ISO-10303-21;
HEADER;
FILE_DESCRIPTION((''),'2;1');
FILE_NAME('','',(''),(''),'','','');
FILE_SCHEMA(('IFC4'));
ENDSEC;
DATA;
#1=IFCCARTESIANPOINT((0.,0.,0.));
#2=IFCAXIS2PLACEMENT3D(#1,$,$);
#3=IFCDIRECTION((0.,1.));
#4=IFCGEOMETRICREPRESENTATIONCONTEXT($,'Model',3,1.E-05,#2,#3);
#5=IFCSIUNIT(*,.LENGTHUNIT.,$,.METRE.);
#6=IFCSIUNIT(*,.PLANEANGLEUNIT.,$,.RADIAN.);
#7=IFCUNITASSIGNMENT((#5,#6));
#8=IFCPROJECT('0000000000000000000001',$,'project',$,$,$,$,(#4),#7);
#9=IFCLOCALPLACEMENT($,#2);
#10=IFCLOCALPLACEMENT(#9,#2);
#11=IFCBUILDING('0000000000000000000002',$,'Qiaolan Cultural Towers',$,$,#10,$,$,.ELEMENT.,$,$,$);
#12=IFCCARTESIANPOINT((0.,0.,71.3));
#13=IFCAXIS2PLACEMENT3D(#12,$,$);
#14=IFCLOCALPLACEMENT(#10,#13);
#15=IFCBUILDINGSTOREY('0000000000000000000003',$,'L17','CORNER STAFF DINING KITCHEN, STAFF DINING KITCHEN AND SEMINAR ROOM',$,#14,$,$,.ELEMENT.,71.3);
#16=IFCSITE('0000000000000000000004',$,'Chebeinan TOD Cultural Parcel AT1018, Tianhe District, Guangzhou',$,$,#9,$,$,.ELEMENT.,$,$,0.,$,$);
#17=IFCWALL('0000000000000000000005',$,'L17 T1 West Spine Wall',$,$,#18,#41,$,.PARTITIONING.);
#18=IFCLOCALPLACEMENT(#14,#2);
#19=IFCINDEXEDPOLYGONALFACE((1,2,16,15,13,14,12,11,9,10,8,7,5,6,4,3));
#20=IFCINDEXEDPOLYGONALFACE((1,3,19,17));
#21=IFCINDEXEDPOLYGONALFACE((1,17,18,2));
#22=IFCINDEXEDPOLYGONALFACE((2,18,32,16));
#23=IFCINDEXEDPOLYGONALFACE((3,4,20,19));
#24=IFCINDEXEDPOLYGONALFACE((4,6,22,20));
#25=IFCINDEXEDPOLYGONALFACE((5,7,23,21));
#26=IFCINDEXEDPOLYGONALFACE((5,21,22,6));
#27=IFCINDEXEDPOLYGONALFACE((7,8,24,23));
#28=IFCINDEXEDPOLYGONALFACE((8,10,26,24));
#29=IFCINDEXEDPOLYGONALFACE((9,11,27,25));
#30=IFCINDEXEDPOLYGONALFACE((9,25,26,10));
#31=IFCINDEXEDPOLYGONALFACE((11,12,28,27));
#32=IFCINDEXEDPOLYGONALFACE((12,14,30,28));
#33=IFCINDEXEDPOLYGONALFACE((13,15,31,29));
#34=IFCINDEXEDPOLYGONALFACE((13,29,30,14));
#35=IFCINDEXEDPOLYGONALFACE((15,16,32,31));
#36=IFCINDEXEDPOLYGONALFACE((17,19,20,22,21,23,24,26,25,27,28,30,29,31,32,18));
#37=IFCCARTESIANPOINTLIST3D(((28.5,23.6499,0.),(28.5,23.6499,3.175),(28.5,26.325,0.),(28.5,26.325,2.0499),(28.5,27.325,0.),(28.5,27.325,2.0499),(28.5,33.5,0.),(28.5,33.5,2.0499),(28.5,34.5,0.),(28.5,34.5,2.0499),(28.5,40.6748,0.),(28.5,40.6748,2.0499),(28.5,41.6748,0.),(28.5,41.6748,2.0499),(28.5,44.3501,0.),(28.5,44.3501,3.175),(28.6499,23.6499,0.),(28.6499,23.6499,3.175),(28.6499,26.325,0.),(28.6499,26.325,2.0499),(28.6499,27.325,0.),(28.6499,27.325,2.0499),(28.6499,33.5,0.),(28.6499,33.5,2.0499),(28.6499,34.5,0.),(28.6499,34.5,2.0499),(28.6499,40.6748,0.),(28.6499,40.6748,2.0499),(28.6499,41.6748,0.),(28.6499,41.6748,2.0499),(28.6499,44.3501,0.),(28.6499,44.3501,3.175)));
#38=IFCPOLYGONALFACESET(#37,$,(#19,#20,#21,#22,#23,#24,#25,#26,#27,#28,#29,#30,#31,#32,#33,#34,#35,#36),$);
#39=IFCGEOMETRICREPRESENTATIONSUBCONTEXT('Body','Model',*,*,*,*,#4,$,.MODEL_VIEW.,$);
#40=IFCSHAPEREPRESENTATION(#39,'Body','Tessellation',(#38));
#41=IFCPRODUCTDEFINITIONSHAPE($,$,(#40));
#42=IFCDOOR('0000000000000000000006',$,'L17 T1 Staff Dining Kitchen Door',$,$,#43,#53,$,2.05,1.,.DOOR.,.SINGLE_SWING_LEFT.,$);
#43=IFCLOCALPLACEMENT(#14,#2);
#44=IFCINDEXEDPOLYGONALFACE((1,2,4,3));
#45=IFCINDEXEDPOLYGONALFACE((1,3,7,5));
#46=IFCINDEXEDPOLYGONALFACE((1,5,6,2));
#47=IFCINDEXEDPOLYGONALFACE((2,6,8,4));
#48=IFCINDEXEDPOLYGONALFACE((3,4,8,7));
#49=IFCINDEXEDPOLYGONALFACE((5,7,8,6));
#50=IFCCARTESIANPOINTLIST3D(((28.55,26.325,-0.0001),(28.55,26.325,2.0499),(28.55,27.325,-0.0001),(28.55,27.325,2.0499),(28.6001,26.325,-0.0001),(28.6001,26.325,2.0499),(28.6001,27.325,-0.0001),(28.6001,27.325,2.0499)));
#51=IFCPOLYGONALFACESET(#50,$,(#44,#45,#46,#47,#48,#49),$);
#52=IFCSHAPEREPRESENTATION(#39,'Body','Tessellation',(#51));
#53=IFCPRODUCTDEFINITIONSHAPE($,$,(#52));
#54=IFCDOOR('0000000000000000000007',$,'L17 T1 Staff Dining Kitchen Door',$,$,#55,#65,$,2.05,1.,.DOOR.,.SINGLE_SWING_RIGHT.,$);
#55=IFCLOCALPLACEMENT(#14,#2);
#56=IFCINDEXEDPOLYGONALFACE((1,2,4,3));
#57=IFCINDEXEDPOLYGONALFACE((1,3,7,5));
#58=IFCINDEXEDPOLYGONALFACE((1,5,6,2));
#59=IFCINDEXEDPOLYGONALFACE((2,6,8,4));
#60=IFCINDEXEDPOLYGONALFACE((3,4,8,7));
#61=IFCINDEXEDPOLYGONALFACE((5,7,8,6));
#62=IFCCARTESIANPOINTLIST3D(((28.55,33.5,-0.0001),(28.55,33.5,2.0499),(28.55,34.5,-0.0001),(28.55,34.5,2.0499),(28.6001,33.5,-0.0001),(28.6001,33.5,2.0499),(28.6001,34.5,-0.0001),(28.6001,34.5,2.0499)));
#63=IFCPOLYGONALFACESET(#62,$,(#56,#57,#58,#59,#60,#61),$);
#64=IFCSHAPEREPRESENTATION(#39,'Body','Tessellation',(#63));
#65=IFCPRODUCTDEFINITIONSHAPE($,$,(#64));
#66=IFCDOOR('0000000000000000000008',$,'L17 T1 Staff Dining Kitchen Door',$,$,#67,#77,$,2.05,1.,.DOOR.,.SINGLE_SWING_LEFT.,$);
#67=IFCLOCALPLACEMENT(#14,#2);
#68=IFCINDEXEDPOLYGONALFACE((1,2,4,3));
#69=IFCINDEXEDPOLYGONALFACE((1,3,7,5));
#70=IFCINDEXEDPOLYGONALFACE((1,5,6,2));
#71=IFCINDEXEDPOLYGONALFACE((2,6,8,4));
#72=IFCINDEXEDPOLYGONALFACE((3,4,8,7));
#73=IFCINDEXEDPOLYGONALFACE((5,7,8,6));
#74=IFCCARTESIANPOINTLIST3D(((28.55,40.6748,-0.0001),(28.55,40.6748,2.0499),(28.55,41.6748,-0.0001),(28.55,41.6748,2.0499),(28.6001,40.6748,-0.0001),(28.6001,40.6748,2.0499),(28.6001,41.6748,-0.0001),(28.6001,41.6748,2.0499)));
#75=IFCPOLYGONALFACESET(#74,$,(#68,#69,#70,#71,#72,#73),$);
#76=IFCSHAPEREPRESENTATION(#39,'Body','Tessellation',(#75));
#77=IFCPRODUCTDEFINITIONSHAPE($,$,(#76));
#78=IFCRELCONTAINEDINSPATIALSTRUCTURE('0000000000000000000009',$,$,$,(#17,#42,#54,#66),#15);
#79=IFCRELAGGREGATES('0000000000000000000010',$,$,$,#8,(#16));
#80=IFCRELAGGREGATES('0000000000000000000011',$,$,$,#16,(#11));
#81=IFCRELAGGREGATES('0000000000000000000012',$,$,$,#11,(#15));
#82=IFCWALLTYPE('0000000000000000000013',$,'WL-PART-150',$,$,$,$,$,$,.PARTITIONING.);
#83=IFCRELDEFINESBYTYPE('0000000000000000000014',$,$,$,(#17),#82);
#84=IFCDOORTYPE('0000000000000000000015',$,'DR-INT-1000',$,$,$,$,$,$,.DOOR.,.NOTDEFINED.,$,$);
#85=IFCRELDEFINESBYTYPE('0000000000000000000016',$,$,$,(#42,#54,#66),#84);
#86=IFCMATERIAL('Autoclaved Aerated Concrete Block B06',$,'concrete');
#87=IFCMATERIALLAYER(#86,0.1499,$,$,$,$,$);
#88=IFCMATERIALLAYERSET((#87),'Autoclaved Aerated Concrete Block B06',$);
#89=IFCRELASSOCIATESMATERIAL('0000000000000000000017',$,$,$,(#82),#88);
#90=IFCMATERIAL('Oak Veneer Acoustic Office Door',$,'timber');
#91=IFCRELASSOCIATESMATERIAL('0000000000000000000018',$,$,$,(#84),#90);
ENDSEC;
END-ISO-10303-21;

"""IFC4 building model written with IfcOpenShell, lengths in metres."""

from ifc_helpers import new_model, si_unit, direction, frame, frame_2d, origin, place, context, subcontext, project, spatial, rectangle, extrude, material, layer, layer_set, type_object, element, fill, save


model = new_model("IFC4")

# Units and contexts
model_context = context("Model", 3, precision=1e-05, world=origin(), true_north=direction((0.0, 1.0)))
body_context = subcontext(model_context, "Body", "Model", "MODEL_VIEW")
ifc_project = project(units=[si_unit("LENGTHUNIT", "METRE"), si_unit("PLANEANGLEUNIT", "RADIAN")], contexts=[model_context])

# Site, building, storey
site_placement = place(None, origin())
site = spatial("IfcSite", under=ifc_project, at=site_placement, Name="Chebeinan TOD Cultural Parcel AT1018, Tianhe District, Guangzhou", CompositionType="ELEMENT", RefElevation=0.0)
building_placement = place(site_placement, origin())
building = spatial("IfcBuilding", under=site, at=building_placement, Name="Qiaolan Cultural Towers", CompositionType="ELEMENT")
storey_placement = place(building_placement, frame((0.0, 0.0, 71.3)))
storey = spatial("IfcBuildingStorey", under=building, at=storey_placement, Name="L17", Description="CORNER STAFF DINING KITCHEN, STAFF DINING KITCHEN AND SEMINAR ROOM", CompositionType="ELEMENT", Elevation=71.3)

# Shared definitions
ifc_material_1 = material(Name="Autoclaved Aerated Concrete Block B06", Category="concrete")
ifc_layer_1 = layer(ifc_material_1, 0.1499)
ifc_layer_set_1 = layer_set([ifc_layer_1], Name="Autoclaved Aerated Concrete Block B06")
wall_type_1 = type_object("IfcWallType", Name="WL-PART-150", PredefinedType="PARTITIONING", material=ifc_layer_set_1)

# Wall, openings, doors
wall_1_placement = place(storey_placement, frame((28.575, 23.6499, 0.0), z_axis=(0.0, 0.0, 1.0), x_axis=(0.0, 1.0, 0.0)))
wall_1 = element("IfcWall", 1, at=wall_1_placement, inside=storey, type_object=wall_type_1, Name="L17 T1 West Spine Wall", PredefinedType="PARTITIONING", context=body_context, shape_type="SweptSolid", body=[
    extrude(rectangle(XDim=20.7002, YDim=0.1499, at=frame_2d((10.3501, 0.0))), origin(), (0.0, 0.0, 1.0), 3.175),
])
opening_1_placement = place(wall_1_placement, frame((2.675, 0.0, 0.0)))
opening_1 = element("IfcOpeningElement", 2, at=opening_1_placement, cuts=wall_1, PredefinedType="OPENING", context=body_context, shape_type="SweptSolid", body=[
    extrude(rectangle(XDim=1.0, YDim=2.05, at=frame_2d((0.5, 1.0249))), frame((0.0, 0.085, 0.0), z_axis=(0.0, -1.0, 0.0), x_axis=(1.0, 0.0, 0.0)), (0.0, 0.0, 1.0), 0.1699),
])
opening_2_placement = place(wall_1_placement, frame((9.8501, 0.0, 0.0)))
opening_2 = element("IfcOpeningElement", 3, at=opening_2_placement, cuts=wall_1, PredefinedType="OPENING", context=body_context, shape_type="SweptSolid", body=[
    extrude(rectangle(XDim=1.0, YDim=2.05, at=frame_2d((0.5, 1.0249))), frame((0.0, 0.085, 0.0), z_axis=(0.0, -1.0, 0.0), x_axis=(1.0, 0.0, 0.0)), (0.0, 0.0, 1.0), 0.1699),
])
opening_3_placement = place(wall_1_placement, frame((17.0249, 0.0, 0.0)))
opening_3 = element("IfcOpeningElement", 4, at=opening_3_placement, cuts=wall_1, PredefinedType="OPENING", context=body_context, shape_type="SweptSolid", body=[
    extrude(rectangle(XDim=1.0, YDim=2.05, at=frame_2d((0.5, 1.0249))), frame((0.0, 0.085, 0.0), z_axis=(0.0, -1.0, 0.0), x_axis=(1.0, 0.0, 0.0)), (0.0, 0.0, 1.0), 0.1699),
])
ifc_material_2 = material(Name="Oak Veneer Acoustic Office Door", Category="timber")
door_type_1 = type_object("IfcDoorType", Name="DR-INT-1000", OperationType="NOTDEFINED", PredefinedType="DOOR", material=ifc_material_2)
door_1_placement = place(opening_1_placement, origin())
door_1 = element("IfcDoor", 5, at=door_1_placement, inside=storey, type_object=door_type_1, Name="L17 T1 Staff Dining Kitchen Door", OperationType="SINGLE_SWING_LEFT", OverallHeight=2.05, OverallWidth=1.0, PredefinedType="DOOR", context=body_context, shape_type="SweptSolid", body=[
    extrude(rectangle(XDim=1.0, YDim=2.05, at=frame_2d((0.5, 1.0249))), frame((0.0, 0.0249, 0.0), z_axis=(0.0, -1.0, 0.0), x_axis=(1.0, 0.0, 0.0)), (0.0, 0.0, 1.0), 0.05),
])
fill(opening_1, door_1)
door_2_placement = place(opening_2_placement, origin())
door_2 = element("IfcDoor", 6, at=door_2_placement, inside=storey, type_object=door_type_1, Name="L17 T1 Staff Dining Kitchen Door", OperationType="SINGLE_SWING_RIGHT", OverallHeight=2.05, OverallWidth=1.0, PredefinedType="DOOR", context=body_context, shape_type="SweptSolid", body=[
    extrude(rectangle(XDim=1.0, YDim=2.05, at=frame_2d((0.5, 1.0249))), frame((0.0, 0.0249, 0.0), z_axis=(0.0, -1.0, 0.0), x_axis=(1.0, 0.0, 0.0)), (0.0, 0.0, 1.0), 0.05),
])
fill(opening_2, door_2)
door_3_placement = place(opening_3_placement, origin())
door_3 = element("IfcDoor", 7, at=door_3_placement, inside=storey, type_object=door_type_1, Name="L17 T1 Staff Dining Kitchen Door", OperationType="SINGLE_SWING_LEFT", OverallHeight=2.05, OverallWidth=1.0, PredefinedType="DOOR", context=body_context, shape_type="SweptSolid", body=[
    extrude(rectangle(XDim=1.0, YDim=2.05, at=frame_2d((0.5, 1.0249))), frame((0.0, 0.0249, 0.0), z_axis=(0.0, -1.0, 0.0), x_axis=(1.0, 0.0, 0.0)), (0.0, 0.0, 1.0), 0.05),
])
fill(opening_3, door_3)

save(model, "model.ifc")
